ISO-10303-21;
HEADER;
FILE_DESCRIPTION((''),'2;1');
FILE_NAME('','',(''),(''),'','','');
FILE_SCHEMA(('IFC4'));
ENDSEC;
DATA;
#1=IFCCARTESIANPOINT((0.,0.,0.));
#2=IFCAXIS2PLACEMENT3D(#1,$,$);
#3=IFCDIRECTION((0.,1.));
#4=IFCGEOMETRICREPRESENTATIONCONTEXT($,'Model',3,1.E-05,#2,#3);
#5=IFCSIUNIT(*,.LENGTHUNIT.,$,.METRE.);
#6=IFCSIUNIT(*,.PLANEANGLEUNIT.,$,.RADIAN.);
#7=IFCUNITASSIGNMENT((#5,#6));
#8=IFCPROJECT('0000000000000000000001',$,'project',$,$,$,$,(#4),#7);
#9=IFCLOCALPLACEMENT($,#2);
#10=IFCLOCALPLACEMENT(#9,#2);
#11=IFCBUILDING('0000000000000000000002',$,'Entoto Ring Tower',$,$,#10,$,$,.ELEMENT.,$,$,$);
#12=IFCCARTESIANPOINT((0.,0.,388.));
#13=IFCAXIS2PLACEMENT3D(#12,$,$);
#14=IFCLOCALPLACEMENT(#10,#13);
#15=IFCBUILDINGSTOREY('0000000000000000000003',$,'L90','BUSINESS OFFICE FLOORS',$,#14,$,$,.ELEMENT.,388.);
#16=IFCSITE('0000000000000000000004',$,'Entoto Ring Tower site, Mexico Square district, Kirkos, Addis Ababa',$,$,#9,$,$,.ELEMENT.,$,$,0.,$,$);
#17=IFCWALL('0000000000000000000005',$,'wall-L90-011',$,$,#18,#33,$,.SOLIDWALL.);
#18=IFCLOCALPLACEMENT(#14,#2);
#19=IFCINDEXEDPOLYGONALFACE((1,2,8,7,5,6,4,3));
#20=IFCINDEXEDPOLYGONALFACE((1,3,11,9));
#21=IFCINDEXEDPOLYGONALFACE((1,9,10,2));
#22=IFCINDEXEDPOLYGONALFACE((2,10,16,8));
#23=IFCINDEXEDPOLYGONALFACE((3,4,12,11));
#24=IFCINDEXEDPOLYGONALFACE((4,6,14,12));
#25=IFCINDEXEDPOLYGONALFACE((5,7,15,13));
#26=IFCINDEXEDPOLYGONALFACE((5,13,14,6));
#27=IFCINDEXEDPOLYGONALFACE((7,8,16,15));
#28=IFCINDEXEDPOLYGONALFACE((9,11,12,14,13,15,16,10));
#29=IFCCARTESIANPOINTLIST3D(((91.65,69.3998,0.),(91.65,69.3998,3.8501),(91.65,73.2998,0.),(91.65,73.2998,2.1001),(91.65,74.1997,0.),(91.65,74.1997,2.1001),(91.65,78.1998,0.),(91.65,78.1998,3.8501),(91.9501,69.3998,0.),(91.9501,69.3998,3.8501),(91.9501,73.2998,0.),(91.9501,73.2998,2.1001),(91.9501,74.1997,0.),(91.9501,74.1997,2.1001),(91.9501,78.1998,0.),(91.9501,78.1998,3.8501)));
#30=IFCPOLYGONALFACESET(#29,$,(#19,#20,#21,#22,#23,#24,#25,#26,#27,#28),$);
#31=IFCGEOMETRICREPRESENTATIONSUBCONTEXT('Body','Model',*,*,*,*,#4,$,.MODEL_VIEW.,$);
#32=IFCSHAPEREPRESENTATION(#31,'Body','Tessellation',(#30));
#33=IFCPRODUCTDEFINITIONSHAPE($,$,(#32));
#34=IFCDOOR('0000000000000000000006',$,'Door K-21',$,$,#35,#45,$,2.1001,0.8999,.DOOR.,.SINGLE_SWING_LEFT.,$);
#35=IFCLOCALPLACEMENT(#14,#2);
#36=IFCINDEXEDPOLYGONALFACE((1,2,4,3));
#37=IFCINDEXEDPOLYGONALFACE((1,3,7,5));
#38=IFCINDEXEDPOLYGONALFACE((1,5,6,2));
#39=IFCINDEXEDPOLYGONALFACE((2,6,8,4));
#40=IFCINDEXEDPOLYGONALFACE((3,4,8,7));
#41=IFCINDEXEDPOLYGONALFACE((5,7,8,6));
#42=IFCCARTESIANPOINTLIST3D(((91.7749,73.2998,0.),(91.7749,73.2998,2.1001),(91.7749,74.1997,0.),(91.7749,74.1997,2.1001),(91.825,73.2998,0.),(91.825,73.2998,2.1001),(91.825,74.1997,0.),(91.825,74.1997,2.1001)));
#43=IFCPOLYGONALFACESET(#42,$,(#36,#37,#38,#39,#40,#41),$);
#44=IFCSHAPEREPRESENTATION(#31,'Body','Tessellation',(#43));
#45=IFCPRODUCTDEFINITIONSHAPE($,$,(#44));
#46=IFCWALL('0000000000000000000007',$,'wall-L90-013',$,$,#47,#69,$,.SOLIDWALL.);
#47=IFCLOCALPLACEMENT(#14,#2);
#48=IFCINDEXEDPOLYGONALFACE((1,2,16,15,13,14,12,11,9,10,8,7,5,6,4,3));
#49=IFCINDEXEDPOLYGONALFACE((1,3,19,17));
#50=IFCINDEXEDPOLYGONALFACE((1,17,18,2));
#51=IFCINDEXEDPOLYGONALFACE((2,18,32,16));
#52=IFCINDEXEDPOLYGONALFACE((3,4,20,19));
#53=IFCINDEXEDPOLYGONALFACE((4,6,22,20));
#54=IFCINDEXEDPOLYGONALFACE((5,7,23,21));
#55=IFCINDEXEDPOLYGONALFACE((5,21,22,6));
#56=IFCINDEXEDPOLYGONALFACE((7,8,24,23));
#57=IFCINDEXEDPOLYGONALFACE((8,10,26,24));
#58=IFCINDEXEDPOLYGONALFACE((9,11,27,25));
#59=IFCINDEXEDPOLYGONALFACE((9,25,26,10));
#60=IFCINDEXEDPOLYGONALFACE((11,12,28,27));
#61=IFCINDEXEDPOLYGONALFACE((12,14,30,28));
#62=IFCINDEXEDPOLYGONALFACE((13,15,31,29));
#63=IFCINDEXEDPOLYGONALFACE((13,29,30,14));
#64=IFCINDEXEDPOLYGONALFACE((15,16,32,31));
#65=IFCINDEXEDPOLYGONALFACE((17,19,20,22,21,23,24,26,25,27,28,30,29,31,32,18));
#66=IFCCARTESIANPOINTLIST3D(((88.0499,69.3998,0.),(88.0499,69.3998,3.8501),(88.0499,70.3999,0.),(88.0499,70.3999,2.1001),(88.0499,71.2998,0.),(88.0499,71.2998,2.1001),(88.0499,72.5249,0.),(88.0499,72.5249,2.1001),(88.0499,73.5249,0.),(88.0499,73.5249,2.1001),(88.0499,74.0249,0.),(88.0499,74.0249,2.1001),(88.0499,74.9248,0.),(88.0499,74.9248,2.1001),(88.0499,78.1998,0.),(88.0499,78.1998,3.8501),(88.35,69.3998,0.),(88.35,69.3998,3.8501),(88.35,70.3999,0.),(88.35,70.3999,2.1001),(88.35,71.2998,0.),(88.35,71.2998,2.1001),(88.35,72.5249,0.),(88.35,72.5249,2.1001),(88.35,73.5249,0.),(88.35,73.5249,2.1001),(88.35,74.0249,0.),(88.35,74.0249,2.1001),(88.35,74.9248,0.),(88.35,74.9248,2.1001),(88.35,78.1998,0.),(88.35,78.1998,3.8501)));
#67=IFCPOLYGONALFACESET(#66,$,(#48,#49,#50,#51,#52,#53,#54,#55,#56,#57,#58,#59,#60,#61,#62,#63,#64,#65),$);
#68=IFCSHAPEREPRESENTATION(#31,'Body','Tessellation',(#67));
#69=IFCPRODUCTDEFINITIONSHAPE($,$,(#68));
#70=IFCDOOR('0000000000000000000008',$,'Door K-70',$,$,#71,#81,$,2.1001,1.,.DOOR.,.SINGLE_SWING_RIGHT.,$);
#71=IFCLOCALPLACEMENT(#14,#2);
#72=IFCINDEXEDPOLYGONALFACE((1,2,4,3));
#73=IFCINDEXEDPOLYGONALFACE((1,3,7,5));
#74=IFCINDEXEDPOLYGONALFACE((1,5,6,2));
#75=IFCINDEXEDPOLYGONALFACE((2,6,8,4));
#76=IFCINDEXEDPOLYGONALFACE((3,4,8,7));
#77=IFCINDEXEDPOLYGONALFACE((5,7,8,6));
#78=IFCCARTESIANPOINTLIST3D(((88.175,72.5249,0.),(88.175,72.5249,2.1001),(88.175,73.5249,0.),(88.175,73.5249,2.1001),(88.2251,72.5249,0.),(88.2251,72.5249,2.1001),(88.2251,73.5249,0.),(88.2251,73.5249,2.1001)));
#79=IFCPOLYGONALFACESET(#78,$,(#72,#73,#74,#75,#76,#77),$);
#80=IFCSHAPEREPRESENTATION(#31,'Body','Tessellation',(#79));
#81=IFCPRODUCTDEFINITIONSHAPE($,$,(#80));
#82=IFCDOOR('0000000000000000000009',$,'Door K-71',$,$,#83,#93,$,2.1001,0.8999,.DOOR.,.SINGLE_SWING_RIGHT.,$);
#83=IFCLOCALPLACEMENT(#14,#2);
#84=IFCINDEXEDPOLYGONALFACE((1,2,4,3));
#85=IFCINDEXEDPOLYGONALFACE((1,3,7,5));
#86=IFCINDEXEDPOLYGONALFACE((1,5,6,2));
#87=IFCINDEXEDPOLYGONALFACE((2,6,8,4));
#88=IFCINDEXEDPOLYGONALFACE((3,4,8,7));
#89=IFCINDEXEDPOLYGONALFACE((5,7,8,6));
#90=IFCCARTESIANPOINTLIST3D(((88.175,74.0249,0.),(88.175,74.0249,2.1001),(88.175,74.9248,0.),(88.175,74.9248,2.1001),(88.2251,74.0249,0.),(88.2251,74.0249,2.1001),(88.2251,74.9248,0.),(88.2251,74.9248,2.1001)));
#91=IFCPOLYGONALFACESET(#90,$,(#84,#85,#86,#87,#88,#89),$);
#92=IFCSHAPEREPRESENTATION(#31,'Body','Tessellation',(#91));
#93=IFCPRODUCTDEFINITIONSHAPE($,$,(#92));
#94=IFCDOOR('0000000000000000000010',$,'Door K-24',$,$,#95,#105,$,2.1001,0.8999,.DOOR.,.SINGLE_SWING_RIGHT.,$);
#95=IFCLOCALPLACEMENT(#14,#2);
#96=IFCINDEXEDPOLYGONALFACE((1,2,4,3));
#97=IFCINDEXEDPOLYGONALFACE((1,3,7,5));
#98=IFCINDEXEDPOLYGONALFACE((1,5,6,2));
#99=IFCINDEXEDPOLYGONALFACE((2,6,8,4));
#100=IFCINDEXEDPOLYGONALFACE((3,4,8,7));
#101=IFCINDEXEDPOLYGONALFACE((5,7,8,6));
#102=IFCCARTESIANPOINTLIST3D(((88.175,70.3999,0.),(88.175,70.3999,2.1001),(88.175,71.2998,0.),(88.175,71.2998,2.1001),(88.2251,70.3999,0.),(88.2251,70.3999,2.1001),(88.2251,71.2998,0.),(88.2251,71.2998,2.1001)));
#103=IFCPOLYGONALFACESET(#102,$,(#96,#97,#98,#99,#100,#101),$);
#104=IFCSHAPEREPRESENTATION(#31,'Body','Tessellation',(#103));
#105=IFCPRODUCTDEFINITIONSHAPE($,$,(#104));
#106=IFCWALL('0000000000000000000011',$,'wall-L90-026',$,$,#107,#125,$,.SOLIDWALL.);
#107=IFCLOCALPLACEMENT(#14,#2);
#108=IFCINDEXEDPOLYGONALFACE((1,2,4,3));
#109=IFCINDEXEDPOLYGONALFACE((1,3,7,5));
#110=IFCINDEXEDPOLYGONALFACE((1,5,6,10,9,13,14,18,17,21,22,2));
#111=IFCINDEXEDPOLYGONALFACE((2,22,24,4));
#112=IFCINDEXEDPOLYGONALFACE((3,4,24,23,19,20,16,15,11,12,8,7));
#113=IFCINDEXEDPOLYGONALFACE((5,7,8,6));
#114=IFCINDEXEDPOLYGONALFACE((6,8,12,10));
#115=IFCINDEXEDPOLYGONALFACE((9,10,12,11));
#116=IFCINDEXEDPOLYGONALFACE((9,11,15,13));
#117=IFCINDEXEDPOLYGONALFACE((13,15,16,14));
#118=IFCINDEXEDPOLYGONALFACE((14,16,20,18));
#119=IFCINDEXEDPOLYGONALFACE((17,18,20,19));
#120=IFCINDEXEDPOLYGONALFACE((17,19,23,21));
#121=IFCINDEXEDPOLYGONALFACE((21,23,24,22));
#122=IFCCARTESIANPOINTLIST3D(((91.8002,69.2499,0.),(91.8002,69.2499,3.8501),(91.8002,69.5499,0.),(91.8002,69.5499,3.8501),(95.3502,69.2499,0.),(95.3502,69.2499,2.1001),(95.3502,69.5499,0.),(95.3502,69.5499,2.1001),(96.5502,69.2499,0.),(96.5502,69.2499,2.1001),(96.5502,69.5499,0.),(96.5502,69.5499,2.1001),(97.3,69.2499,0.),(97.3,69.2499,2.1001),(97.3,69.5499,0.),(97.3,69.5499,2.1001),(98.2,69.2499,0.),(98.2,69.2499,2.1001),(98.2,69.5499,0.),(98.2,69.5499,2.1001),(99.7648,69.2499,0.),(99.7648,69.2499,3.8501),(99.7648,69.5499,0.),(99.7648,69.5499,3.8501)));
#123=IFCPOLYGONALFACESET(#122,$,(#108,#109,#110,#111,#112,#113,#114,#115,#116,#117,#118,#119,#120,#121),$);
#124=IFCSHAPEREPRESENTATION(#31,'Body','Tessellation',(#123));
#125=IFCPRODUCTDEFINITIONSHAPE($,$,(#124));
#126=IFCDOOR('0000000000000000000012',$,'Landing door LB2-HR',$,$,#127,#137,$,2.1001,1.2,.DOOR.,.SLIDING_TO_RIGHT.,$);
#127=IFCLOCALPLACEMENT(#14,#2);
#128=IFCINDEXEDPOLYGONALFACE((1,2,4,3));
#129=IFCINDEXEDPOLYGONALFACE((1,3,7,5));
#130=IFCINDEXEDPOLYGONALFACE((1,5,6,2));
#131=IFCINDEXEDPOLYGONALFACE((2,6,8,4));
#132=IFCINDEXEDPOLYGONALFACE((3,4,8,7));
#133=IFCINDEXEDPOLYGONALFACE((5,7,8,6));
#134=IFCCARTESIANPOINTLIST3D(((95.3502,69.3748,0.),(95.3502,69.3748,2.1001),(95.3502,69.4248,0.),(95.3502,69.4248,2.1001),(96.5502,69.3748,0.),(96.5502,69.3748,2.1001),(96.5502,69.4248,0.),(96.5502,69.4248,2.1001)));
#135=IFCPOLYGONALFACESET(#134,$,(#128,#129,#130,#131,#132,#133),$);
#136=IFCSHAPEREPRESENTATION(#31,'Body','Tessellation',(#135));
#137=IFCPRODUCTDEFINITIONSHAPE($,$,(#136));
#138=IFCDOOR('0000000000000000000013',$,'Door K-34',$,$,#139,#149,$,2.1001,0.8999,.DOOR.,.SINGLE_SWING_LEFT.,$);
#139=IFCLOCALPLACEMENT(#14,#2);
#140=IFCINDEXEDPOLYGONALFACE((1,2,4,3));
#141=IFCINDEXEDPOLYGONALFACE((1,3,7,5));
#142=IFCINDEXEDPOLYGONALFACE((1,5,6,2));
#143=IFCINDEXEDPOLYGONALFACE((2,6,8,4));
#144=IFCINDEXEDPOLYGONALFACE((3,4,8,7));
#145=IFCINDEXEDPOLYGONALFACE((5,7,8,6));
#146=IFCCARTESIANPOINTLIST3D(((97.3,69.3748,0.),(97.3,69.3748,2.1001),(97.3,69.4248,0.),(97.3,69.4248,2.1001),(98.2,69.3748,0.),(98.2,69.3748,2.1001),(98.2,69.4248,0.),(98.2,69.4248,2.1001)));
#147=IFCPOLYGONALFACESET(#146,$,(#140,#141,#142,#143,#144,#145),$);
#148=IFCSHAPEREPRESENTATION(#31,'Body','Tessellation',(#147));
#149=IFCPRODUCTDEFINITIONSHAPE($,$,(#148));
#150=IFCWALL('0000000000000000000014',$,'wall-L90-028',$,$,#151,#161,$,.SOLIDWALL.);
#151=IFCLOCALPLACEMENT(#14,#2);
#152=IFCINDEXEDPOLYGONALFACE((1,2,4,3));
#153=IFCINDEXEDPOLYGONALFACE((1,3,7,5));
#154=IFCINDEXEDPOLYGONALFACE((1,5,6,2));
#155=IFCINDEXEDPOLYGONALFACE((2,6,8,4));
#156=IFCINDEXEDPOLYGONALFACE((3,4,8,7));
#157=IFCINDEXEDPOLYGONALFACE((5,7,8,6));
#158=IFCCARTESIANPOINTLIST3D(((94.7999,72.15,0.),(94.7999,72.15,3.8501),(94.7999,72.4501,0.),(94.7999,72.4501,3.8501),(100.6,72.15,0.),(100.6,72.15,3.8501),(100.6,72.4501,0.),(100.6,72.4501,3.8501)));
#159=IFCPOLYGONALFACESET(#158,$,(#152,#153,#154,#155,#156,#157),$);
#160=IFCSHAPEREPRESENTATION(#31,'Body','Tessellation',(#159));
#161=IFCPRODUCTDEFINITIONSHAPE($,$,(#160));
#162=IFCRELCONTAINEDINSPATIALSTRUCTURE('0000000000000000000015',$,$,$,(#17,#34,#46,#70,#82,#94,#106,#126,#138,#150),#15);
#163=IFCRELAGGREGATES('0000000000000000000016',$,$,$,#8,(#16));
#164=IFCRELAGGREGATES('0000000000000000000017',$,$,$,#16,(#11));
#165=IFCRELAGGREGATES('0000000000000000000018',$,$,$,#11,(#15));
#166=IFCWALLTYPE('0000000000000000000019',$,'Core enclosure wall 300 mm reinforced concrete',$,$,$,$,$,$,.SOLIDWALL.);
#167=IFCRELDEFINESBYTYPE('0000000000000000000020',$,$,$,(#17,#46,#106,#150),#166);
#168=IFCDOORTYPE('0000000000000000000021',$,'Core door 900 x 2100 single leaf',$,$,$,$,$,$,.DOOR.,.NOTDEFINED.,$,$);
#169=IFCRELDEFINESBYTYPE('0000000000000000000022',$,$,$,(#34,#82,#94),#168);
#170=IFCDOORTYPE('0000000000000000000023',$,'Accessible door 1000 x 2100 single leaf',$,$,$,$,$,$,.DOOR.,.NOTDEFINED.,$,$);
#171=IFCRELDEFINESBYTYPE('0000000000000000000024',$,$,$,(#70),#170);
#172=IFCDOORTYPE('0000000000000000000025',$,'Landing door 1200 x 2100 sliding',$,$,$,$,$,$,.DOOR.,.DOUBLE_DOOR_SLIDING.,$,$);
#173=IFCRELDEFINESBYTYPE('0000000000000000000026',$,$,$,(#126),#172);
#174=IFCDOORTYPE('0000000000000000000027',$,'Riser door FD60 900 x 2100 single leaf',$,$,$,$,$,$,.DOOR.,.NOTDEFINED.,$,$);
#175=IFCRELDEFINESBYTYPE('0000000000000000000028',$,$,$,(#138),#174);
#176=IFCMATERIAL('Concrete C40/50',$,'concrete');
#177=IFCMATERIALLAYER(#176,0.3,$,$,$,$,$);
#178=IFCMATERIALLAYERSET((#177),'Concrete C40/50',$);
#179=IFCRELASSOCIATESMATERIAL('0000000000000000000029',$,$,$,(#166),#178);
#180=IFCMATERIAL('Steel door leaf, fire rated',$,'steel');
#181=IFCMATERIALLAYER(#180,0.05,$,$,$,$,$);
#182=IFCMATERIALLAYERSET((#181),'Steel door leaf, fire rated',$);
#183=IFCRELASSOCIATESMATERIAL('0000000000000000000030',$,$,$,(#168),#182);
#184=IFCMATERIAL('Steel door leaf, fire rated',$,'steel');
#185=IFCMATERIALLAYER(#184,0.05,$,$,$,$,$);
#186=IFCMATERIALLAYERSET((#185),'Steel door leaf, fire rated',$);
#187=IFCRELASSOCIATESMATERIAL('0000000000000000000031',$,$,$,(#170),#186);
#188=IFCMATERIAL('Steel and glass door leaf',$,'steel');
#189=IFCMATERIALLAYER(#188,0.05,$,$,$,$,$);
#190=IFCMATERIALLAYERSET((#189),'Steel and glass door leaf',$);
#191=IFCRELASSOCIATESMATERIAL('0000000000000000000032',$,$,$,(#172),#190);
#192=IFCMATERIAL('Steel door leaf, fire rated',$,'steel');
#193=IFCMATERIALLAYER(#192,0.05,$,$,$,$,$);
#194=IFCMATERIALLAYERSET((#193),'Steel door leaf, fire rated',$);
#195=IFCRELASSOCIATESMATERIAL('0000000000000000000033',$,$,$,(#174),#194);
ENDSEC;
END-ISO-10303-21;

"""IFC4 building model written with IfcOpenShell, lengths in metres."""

from ifc_helpers import new_model, si_unit, direction, frame, frame_2d, origin, place, context, subcontext, project, spatial, rectangle, extrude, material, layer, layer_set, type_object, element, fill, save


model = new_model("IFC4")

# Units and contexts
model_context = context("Model", 3, precision=1e-05, world=origin(), true_north=direction((0.0, 1.0)))
body_context = subcontext(model_context, "Body", "Model", "MODEL_VIEW")
ifc_project = project(units=[si_unit("LENGTHUNIT", "METRE"), si_unit("PLANEANGLEUNIT", "RADIAN")], contexts=[model_context])

# Site, building, storey
site_placement = place(None, origin())
site = spatial("IfcSite", under=ifc_project, at=site_placement, Name="Entoto Ring Tower site, Mexico Square district, Kirkos, Addis Ababa", CompositionType="ELEMENT", RefElevation=0.0)
building_placement = place(site_placement, origin())
building = spatial("IfcBuilding", under=site, at=building_placement, Name="Entoto Ring Tower", CompositionType="ELEMENT")
storey_placement = place(building_placement, frame((0.0, 0.0, 388.0)))
storey = spatial("IfcBuildingStorey", under=building, at=storey_placement, Name="L90", Description="BUSINESS OFFICE FLOORS", CompositionType="ELEMENT", Elevation=388.0)

# Shared definitions
ifc_material_1 = material(Name="Concrete C40/50", Category="concrete")
ifc_layer_1 = layer(ifc_material_1, 0.3)
ifc_layer_set_1 = layer_set([ifc_layer_1], Name="Concrete C40/50")
wall_type_1 = type_object("IfcWallType", Name="Core enclosure wall 300 mm reinforced concrete", PredefinedType="SOLIDWALL", material=ifc_layer_set_1)

# Wall, opening, door
wall_1_placement = place(storey_placement, frame((91.8, 69.3999, 0.0), z_axis=(0.0, 0.0, 1.0), x_axis=(0.0, 1.0, 0.0)))
wall_1 = element("IfcWall", 1, at=wall_1_placement, inside=storey, type_object=wall_type_1, Name="wall-L90-011", PredefinedType="SOLIDWALL", context=body_context, shape_type="SweptSolid", body=[
    extrude(rectangle(XDim=8.8, YDim=0.3, at=frame_2d((4.3999, 0.0))), origin(), (0.0, 0.0, 1.0), 3.8501),
])
opening_1_placement = place(wall_1_placement, frame((3.8999, 0.0, 0.0)))
opening_1 = element("IfcOpeningElement", 2, at=opening_1_placement, cuts=wall_1, PredefinedType="OPENING", context=body_context, shape_type="SweptSolid", body=[
    extrude(rectangle(XDim=0.8999, YDim=2.1001, at=frame_2d((0.45, 1.05))), frame((0.0, 0.1602, 0.0), z_axis=(0.0, -1.0, 0.0), x_axis=(1.0, 0.0, 0.0)), (0.0, 0.0, 1.0), 0.3201),
])
ifc_material_2 = material(Name="Steel door leaf, fire rated", Category="steel")
ifc_layer_2 = layer(ifc_material_2, 0.05)
ifc_layer_set_2 = layer_set([ifc_layer_2], Name="Steel door leaf, fire rated")
door_type_1 = type_object("IfcDoorType", Name="Core door 900 x 2100 single leaf", OperationType="NOTDEFINED", PredefinedType="DOOR", material=ifc_layer_set_2)
door_1_placement = place(opening_1_placement, frame((0.8999, 0.0, 0.0), z_axis=(0.0, 0.0, 1.0), x_axis=(-1.0, 0.0, 0.0)))
door_1 = element("IfcDoor", 3, at=door_1_placement, inside=storey, type_object=door_type_1, Name="Door K-21", OperationType="SINGLE_SWING_LEFT", OverallHeight=2.1001, OverallWidth=0.8999, PredefinedType="DOOR", context=body_context, shape_type="SweptSolid", body=[
    extrude(rectangle(XDim=0.8999, YDim=2.1001, at=frame_2d((0.45, 1.05))), frame((0.0, 0.0249, 0.0), z_axis=(0.0, -1.0, 0.0), x_axis=(1.0, 0.0, 0.0)), (0.0, 0.0, 1.0), 0.05),
])
fill(opening_1, door_1)

# Walls, openings, doors
wall_2_placement = place(storey_placement, frame((88.2, 69.3999, 0.0), z_axis=(0.0, 0.0, 1.0), x_axis=(0.0, 1.0, 0.0)))
wall_2 = element("IfcWall", 4, at=wall_2_placement, inside=storey, type_object=wall_type_1, Name="wall-L90-013", PredefinedType="SOLIDWALL", context=body_context, shape_type="SweptSolid", body=[
    extrude(rectangle(XDim=8.8, YDim=0.3, at=frame_2d((4.3999, 0.0))), origin(), (0.0, 0.0, 1.0), 3.8501),
])
opening_2_placement = place(wall_2_placement, frame((3.125, 0.0, 0.0)))
opening_2 = element("IfcOpeningElement", 5, at=opening_2_placement, cuts=wall_2, PredefinedType="OPENING", context=body_context, shape_type="SweptSolid", body=[
    extrude(rectangle(XDim=1.0, YDim=2.1001, at=frame_2d((0.5, 1.05))), frame((0.0, 0.1602, 0.0), z_axis=(0.0, -1.0, 0.0), x_axis=(1.0, 0.0, 0.0)), (0.0, 0.0, 1.0), 0.3201),
])
opening_3_placement = place(wall_2_placement, frame((4.625, 0.0, 0.0)))
opening_3 = element("IfcOpeningElement", 6, at=opening_3_placement, cuts=wall_2, PredefinedType="OPENING", context=body_context, shape_type="SweptSolid", body=[
    extrude(rectangle(XDim=0.8999, YDim=2.1001, at=frame_2d((0.45, 1.05))), frame((0.0, 0.1602, 0.0), z_axis=(0.0, -1.0, 0.0), x_axis=(1.0, 0.0, 0.0)), (0.0, 0.0, 1.0), 0.3201),
])
opening_4_placement = place(wall_2_placement, frame((1.0, 0.0, 0.0)))
opening_4 = element("IfcOpeningElement", 7, at=opening_4_placement, cuts=wall_2, PredefinedType="OPENING", context=body_context, shape_type="SweptSolid", body=[
    extrude(rectangle(XDim=0.8999, YDim=2.1001, at=frame_2d((0.45, 1.05))), frame((0.0, 0.1602, 0.0), z_axis=(0.0, -1.0, 0.0), x_axis=(1.0, 0.0, 0.0)), (0.0, 0.0, 1.0), 0.3201),
])
ifc_material_3 = material(Name="Steel door leaf, fire rated", Category="steel")
ifc_layer_3 = layer(ifc_material_3, 0.05)
ifc_layer_set_3 = layer_set([ifc_layer_3], Name="Steel door leaf, fire rated")
door_type_2 = type_object("IfcDoorType", Name="Accessible door 1000 x 2100 single leaf", OperationType="NOTDEFINED", PredefinedType="DOOR", material=ifc_layer_set_3)
door_2_placement = place(opening_2_placement, origin())
door_2 = element("IfcDoor", 8, at=door_2_placement, inside=storey, type_object=door_type_2, Name="Door K-70", OperationType="SINGLE_SWING_RIGHT", OverallHeight=2.1001, OverallWidth=1.0, PredefinedType="DOOR", context=body_context, shape_type="SweptSolid", body=[
    extrude(rectangle(XDim=1.0, YDim=2.1001, at=frame_2d((0.5, 1.05))), frame((0.0, 0.0249, 0.0), z_axis=(0.0, -1.0, 0.0), x_axis=(1.0, 0.0, 0.0)), (0.0, 0.0, 1.0), 0.05),
])
fill(opening_2, door_2)
door_3_placement = place(opening_3_placement, origin())
door_3 = element("IfcDoor", 9, at=door_3_placement, inside=storey, type_object=door_type_1, Name="Door K-71", OperationType="SINGLE_SWING_RIGHT", OverallHeight=2.1001, OverallWidth=0.8999, PredefinedType="DOOR", context=body_context, shape_type="SweptSolid", body=[
    extrude(rectangle(XDim=0.8999, YDim=2.1001, at=frame_2d((0.45, 1.05))), frame((0.0, 0.0249, 0.0), z_axis=(0.0, -1.0, 0.0), x_axis=(1.0, 0.0, 0.0)), (0.0, 0.0, 1.0), 0.05),
])
fill(opening_3, door_3)
door_4_placement = place(opening_4_placement, origin())
door_4 = element("IfcDoor", 10, at=door_4_placement, inside=storey, type_object=door_type_1, Name="Door K-24", OperationType="SINGLE_SWING_RIGHT", OverallHeight=2.1001, OverallWidth=0.8999, PredefinedType="DOOR", context=body_context, shape_type="SweptSolid", body=[
    extrude(rectangle(XDim=0.8999, YDim=2.1001, at=frame_2d((0.45, 1.05))), frame((0.0, 0.0249, 0.0), z_axis=(0.0, -1.0, 0.0), x_axis=(1.0, 0.0, 0.0)), (0.0, 0.0, 1.0), 0.05),
])
fill(opening_4, door_4)
wall_3_placement = place(storey_placement, frame((91.8, 69.3999, 0.0), z_axis=(0.0, 0.0, 1.0), x_axis=(1.0, 0.0, 0.0)))
wall_3 = element("IfcWall", 11, at=wall_3_placement, inside=storey, type_object=wall_type_1, Name="wall-L90-026", PredefinedType="SOLIDWALL", context=body_context, shape_type="SweptSolid", body=[
    extrude(rectangle(XDim=7.9646, YDim=0.3, at=frame_2d((3.9824, 0.0))), origin(), (0.0, 0.0, 1.0), 3.8501),
])
opening_5_placement = place(wall_3_placement, frame((3.55, 0.0, 0.0)))
opening_5 = element("IfcOpeningElement", 12, at=opening_5_placement, cuts=wall_3, PredefinedType="OPENING", context=body_context, shape_type="SweptSolid", body=[
    extrude(rectangle(XDim=1.2, YDim=2.1001, at=frame_2d((0.6001, 1.05))), frame((0.0, 0.1602, 0.0), z_axis=(0.0, -1.0, 0.0), x_axis=(1.0, 0.0, 0.0)), (0.0, 0.0, 1.0), 0.3201),
])
opening_6_placement = place(wall_3_placement, frame((5.5, 0.0, 0.0)))
opening_6 = element("IfcOpeningElement", 13, at=opening_6_placement, cuts=wall_3, PredefinedType="OPENING", context=body_context, shape_type="SweptSolid", body=[
    extrude(rectangle(XDim=0.8999, YDim=2.1001, at=frame_2d((0.45, 1.05))), frame((0.0, 0.1602, 0.0), z_axis=(0.0, -1.0, 0.0), x_axis=(1.0, 0.0, 0.0)), (0.0, 0.0, 1.0), 0.3201),
])
ifc_material_4 = material(Name="Steel and glass door leaf", Category="steel")
ifc_layer_4 = layer(ifc_material_4, 0.05)
ifc_layer_set_4 = layer_set([ifc_layer_4], Name="Steel and glass door leaf")
door_type_3 = type_object("IfcDoorType", Name="Landing door 1200 x 2100 sliding", OperationType="DOUBLE_DOOR_SLIDING", PredefinedType="DOOR", material=ifc_layer_set_4)
door_5_placement = place(opening_5_placement, origin())
door_5 = element("IfcDoor", 14, at=door_5_placement, inside=storey, type_object=door_type_3, Name="Landing door LB2-HR", OperationType="SLIDING_TO_RIGHT", OverallHeight=2.1001, OverallWidth=1.2, PredefinedType="DOOR", context=body_context, shape_type="SweptSolid", body=[
    extrude(rectangle(XDim=1.2, YDim=2.1001, at=frame_2d((0.6001, 1.05))), frame((0.0, 0.0249, 0.0), z_axis=(0.0, -1.0, 0.0), x_axis=(1.0, 0.0, 0.0)), (0.0, 0.0, 1.0), 0.05),
])
fill(opening_5, door_5)
ifc_material_5 = material(Name="Steel door leaf, fire rated", Category="steel")
ifc_layer_5 = layer(ifc_material_5, 0.05)
ifc_layer_set_5 = layer_set([ifc_layer_5], Name="Steel door leaf, fire rated")
door_type_4 = type_object("IfcDoorType", Name="Riser door FD60 900 x 2100 single leaf", OperationType="NOTDEFINED", PredefinedType="DOOR", material=ifc_layer_set_5)
door_6_placement = place(opening_6_placement, origin())
door_6 = element("IfcDoor", 15, at=door_6_placement, inside=storey, type_object=door_type_4, Name="Door K-34", OperationType="SINGLE_SWING_LEFT", OverallHeight=2.1001, OverallWidth=0.8999, PredefinedType="DOOR", context=body_context, shape_type="SweptSolid", body=[
    extrude(rectangle(XDim=0.8999, YDim=2.1001, at=frame_2d((0.45, 1.05))), frame((0.0, 0.0249, 0.0), z_axis=(0.0, -1.0, 0.0), x_axis=(1.0, 0.0, 0.0)), (0.0, 0.0, 1.0), 0.05),
])
fill(opening_6, door_6)

# Wall
wall_4_placement = place(storey_placement, frame((94.8, 72.3, 0.0), z_axis=(0.0, 0.0, 1.0), x_axis=(1.0, 0.0, 0.0)))
element("IfcWall", 16, at=wall_4_placement, inside=storey, type_object=wall_type_1, Name="wall-L90-028", PredefinedType="SOLIDWALL", context=body_context, shape_type="SweptSolid", body=[
    extrude(rectangle(XDim=5.8, YDim=0.3, at=frame_2d((2.8999, 0.0))), origin(), (0.0, 0.0, 1.0), 3.8501),
])

save(model, "model.ifc")
